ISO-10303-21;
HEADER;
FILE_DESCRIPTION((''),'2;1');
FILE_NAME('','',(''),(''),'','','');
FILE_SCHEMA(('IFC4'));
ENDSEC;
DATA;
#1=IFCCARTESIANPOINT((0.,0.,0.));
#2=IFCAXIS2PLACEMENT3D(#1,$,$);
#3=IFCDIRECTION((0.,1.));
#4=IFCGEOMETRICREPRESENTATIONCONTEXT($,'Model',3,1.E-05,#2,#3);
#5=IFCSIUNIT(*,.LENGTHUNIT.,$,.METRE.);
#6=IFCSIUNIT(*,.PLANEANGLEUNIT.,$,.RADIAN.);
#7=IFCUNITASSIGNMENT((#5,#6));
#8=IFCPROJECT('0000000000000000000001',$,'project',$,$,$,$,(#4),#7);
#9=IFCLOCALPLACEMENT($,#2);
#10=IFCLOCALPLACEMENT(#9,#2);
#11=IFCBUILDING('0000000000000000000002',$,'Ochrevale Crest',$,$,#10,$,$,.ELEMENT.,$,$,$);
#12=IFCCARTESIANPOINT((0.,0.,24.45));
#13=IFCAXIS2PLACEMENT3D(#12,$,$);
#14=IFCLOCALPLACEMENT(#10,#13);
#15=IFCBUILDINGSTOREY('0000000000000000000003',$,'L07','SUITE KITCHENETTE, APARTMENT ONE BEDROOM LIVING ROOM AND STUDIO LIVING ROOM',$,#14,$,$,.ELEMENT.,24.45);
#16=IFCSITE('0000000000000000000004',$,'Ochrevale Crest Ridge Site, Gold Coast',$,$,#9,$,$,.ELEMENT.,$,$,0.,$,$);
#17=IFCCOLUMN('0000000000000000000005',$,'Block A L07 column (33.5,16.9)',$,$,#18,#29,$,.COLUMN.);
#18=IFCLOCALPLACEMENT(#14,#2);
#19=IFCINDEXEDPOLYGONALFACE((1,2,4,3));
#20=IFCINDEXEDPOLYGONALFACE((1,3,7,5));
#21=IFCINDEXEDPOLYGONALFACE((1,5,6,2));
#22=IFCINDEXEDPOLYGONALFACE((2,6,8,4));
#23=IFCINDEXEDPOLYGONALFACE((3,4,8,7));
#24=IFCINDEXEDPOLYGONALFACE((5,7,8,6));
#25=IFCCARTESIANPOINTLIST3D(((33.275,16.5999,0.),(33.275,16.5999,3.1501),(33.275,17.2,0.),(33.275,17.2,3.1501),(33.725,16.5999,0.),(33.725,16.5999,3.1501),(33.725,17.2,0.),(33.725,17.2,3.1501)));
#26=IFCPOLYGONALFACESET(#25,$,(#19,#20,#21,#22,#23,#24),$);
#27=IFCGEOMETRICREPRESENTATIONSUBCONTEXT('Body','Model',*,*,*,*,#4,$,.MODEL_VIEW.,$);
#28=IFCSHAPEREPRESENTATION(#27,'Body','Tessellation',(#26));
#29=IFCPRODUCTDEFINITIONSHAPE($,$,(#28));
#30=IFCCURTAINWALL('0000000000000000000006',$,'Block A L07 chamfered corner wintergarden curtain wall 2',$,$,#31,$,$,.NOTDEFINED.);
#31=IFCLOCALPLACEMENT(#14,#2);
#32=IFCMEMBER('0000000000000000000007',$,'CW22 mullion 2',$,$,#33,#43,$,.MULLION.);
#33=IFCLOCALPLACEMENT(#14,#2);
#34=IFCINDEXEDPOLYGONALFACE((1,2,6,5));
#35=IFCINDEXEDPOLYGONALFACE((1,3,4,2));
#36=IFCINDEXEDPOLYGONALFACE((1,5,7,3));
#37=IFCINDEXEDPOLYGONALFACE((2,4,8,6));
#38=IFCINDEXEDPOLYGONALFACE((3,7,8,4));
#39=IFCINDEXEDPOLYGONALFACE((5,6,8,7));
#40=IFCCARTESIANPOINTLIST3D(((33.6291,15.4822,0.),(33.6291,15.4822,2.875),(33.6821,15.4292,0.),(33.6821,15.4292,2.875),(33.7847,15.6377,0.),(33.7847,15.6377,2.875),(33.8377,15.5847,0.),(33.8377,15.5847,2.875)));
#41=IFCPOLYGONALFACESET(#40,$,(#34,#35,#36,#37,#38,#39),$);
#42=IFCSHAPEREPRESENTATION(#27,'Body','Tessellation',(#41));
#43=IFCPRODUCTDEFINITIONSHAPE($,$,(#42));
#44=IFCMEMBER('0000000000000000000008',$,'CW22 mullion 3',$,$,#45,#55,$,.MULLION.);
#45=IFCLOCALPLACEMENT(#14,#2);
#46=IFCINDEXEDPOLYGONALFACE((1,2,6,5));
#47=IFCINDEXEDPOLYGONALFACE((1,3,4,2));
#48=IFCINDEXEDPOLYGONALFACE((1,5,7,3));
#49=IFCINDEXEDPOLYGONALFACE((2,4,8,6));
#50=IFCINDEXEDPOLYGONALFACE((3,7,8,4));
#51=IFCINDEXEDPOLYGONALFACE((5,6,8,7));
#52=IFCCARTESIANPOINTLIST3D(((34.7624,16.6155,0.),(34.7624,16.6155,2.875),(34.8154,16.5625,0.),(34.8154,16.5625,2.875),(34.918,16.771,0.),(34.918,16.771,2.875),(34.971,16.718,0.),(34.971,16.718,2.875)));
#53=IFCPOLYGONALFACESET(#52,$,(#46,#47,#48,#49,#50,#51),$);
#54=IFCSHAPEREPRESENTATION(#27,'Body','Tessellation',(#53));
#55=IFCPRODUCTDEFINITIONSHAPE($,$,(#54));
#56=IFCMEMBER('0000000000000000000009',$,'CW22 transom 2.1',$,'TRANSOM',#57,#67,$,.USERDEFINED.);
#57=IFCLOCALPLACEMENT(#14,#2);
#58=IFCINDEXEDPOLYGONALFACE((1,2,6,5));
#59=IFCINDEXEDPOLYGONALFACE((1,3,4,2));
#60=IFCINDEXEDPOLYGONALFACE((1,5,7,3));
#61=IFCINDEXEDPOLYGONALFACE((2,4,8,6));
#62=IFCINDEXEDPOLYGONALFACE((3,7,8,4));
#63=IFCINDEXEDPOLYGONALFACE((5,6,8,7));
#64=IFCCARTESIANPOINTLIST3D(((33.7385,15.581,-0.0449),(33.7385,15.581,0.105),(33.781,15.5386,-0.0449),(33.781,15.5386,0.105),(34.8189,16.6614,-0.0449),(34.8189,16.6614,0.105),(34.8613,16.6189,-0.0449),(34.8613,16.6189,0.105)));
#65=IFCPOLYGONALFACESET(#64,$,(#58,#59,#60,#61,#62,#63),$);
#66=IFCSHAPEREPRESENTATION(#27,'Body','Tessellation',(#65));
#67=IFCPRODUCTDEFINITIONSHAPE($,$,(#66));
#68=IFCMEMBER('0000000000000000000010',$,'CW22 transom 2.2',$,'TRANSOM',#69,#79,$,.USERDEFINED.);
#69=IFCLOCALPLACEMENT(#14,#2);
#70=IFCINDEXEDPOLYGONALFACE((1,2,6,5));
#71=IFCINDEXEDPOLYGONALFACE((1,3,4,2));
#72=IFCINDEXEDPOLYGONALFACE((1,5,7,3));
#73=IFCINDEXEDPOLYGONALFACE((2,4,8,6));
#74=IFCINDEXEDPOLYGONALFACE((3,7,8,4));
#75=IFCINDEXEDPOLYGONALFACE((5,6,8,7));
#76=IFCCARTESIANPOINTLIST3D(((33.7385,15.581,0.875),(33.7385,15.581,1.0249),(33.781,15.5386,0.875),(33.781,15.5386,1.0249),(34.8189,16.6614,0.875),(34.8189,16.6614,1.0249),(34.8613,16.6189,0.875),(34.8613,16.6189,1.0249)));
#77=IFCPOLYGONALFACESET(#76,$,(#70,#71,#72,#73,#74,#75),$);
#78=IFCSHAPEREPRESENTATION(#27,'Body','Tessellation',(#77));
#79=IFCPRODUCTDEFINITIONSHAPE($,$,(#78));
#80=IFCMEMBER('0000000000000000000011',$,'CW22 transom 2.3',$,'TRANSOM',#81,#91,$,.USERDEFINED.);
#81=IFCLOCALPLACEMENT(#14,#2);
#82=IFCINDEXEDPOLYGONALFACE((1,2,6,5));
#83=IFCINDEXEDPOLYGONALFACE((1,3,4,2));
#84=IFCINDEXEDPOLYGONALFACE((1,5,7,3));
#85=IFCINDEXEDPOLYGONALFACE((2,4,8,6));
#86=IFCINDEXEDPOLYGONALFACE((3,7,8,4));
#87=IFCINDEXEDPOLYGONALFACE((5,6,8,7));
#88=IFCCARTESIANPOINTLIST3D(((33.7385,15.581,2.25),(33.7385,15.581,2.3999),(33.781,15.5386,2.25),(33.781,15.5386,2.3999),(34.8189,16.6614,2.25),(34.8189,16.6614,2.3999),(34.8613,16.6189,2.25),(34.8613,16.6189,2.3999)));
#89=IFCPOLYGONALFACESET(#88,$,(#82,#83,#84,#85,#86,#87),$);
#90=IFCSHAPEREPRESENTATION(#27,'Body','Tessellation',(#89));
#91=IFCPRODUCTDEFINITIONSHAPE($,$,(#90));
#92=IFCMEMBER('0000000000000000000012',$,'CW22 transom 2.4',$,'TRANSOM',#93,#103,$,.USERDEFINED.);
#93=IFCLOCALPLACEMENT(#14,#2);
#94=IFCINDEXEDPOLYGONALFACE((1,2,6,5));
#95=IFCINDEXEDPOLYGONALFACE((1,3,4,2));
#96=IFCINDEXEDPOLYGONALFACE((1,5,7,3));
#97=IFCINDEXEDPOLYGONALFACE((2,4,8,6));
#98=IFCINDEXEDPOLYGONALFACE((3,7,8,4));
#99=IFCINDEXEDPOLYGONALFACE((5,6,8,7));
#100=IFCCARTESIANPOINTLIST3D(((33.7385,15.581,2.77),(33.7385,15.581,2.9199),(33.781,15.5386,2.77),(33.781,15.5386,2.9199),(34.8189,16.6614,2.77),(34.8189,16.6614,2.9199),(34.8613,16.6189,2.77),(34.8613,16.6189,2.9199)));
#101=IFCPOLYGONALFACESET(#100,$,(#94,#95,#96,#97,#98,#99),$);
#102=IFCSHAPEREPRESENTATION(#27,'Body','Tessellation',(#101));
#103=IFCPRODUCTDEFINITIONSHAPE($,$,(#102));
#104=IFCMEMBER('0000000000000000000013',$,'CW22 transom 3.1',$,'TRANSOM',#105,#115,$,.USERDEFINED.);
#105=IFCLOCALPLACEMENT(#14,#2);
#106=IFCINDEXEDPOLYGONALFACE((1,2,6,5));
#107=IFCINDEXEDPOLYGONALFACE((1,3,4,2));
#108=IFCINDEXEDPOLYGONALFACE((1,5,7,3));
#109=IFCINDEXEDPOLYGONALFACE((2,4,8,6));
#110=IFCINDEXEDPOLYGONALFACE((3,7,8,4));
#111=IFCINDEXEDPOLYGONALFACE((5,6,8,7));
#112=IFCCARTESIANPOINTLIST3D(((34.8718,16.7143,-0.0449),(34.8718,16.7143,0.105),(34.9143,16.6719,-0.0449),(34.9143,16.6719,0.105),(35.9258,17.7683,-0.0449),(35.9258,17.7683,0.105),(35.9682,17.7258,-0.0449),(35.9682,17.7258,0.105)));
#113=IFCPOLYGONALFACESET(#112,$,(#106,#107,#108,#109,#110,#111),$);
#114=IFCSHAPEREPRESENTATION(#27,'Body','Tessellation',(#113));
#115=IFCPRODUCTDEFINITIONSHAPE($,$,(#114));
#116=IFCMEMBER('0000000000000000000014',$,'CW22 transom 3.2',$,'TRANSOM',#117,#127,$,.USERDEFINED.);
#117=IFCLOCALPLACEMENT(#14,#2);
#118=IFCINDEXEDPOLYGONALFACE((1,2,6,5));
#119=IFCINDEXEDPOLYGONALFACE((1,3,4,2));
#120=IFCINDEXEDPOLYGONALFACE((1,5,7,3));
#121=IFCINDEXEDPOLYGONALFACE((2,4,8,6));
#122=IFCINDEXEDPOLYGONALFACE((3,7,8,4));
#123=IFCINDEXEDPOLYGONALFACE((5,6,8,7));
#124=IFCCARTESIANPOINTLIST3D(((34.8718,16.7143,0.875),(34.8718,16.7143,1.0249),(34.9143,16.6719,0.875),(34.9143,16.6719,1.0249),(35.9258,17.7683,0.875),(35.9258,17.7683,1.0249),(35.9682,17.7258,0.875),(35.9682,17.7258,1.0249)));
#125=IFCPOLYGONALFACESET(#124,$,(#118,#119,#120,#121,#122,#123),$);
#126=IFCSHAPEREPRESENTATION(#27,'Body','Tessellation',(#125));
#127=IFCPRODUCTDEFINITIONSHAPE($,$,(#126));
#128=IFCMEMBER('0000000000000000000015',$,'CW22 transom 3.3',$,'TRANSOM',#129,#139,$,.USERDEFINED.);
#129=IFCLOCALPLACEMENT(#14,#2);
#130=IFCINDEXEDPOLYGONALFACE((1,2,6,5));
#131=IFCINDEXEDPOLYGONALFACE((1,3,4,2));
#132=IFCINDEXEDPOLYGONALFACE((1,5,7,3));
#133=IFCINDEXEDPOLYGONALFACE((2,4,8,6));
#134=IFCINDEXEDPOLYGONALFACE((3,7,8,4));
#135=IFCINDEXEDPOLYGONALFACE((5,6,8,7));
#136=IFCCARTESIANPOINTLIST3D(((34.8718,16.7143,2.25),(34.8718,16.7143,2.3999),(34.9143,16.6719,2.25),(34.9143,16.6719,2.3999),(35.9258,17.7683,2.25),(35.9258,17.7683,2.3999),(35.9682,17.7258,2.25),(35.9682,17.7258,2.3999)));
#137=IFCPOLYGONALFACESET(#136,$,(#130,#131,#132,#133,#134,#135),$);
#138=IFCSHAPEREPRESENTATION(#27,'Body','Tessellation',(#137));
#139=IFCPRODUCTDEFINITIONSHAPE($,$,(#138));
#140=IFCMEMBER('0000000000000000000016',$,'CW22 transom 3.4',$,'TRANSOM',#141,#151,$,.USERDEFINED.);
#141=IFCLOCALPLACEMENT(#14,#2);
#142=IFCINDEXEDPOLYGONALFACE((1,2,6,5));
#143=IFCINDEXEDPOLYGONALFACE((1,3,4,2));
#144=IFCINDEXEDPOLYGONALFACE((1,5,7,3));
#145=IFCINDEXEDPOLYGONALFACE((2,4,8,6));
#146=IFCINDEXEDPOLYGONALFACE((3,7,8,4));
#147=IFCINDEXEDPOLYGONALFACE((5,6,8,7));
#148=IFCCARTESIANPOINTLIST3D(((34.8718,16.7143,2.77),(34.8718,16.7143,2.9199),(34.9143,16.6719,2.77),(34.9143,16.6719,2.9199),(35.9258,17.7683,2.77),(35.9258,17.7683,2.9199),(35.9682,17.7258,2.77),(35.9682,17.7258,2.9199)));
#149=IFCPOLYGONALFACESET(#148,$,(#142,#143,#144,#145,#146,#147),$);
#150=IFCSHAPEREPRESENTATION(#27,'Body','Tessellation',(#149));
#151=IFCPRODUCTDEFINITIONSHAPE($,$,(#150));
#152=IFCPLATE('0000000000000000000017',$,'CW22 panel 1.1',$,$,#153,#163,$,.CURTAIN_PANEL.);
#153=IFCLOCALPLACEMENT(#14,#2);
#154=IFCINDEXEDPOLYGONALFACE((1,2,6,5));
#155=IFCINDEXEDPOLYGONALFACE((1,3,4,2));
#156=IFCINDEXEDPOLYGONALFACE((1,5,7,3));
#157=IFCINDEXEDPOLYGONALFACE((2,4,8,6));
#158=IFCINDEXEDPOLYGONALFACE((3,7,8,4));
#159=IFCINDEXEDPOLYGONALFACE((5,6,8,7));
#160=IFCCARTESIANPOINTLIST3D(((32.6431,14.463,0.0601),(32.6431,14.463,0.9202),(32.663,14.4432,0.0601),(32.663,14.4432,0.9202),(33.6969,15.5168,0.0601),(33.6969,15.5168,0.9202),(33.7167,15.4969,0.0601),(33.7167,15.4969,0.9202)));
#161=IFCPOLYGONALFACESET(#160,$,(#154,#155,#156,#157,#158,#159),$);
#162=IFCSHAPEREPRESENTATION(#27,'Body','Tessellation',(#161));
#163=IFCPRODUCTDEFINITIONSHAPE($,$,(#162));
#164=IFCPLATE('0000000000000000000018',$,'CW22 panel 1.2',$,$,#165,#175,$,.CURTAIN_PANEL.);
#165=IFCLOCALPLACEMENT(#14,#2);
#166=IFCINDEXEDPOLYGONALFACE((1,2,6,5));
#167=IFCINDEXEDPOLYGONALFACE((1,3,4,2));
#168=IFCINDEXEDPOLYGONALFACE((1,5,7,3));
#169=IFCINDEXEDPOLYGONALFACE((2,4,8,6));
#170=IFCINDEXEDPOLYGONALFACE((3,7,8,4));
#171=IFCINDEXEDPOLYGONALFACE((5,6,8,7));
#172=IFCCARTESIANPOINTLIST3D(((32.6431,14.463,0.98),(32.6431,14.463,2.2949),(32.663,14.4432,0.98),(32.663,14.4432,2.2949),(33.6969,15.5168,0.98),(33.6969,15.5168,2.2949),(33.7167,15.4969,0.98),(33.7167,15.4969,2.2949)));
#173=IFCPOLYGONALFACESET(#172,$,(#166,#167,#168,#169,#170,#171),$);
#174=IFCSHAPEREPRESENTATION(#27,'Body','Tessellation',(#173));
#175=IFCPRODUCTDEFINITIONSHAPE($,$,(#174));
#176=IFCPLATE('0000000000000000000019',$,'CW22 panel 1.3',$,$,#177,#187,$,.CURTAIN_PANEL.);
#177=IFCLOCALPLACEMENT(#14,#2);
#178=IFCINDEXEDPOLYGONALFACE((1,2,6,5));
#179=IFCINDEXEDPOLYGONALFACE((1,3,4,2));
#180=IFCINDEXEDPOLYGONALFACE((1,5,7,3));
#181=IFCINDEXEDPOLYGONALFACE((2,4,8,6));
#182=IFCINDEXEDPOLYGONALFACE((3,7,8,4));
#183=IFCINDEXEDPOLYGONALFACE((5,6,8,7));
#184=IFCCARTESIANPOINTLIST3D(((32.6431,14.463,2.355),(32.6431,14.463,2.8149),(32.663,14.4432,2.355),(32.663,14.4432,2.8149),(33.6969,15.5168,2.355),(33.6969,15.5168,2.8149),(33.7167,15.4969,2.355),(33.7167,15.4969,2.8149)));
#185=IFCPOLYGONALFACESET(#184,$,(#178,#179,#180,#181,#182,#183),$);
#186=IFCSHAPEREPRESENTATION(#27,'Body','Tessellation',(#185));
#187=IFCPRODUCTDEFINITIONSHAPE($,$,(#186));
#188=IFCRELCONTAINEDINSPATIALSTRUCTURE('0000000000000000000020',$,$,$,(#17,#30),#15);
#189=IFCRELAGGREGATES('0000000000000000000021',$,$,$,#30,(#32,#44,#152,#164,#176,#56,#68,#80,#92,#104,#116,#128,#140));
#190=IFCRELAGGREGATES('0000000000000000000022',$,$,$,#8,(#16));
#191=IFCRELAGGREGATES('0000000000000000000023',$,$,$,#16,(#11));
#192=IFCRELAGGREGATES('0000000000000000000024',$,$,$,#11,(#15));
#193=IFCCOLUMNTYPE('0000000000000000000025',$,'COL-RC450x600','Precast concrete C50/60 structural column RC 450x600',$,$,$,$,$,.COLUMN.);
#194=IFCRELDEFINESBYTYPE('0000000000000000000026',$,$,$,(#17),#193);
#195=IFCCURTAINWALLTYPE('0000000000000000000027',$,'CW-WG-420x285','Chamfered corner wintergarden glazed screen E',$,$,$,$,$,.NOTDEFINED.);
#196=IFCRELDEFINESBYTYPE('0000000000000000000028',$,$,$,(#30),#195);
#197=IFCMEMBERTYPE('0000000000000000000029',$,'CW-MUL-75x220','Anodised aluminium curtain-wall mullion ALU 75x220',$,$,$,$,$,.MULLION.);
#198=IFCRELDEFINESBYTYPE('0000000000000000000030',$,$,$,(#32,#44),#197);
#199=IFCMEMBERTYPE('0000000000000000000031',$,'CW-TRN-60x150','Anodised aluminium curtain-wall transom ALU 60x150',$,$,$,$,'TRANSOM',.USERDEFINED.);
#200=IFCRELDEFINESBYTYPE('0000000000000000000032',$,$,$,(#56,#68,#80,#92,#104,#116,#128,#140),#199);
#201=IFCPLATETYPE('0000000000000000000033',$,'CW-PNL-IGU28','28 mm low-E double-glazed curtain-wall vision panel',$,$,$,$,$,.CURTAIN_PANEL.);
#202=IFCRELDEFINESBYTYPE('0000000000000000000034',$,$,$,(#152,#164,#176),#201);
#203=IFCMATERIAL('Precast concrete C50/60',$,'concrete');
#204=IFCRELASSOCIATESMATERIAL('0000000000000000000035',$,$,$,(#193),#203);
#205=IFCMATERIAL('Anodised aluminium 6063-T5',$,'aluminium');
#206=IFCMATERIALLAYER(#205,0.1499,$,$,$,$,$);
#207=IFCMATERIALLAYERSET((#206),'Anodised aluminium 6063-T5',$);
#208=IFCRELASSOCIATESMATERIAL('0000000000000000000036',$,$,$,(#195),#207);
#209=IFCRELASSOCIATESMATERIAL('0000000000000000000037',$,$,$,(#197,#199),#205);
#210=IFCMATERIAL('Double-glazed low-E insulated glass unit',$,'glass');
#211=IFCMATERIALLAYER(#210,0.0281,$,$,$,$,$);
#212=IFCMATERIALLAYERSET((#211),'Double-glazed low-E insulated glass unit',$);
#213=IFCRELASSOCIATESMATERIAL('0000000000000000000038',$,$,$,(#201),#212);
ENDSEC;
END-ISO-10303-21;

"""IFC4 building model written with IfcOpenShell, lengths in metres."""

from ifc_helpers import new_model, si_unit, direction, frame, origin, origin_2d, place, context, subcontext, project, spatial, rectangle, extrude, material, layer, layer_set, material_profile, profile_set, type_object, element, aggregate, save


model = new_model("IFC4")

# Units and contexts
model_context = context("Model", 3, precision=1e-05, world=origin(), true_north=direction((0.0, 1.0)))
body_context = subcontext(model_context, "Body", "Model", "MODEL_VIEW")
ifc_project = project(units=[si_unit("LENGTHUNIT", "METRE"), si_unit("PLANEANGLEUNIT", "RADIAN")], contexts=[model_context])

# Site, building, storey
site_placement = place(None, origin())
site = spatial("IfcSite", under=ifc_project, at=site_placement, Name="Ochrevale Crest Ridge Site, Gold Coast", CompositionType="ELEMENT", RefElevation=0.0)
building_placement = place(site_placement, origin())
building = spatial("IfcBuilding", under=site, at=building_placement, Name="Ochrevale Crest", CompositionType="ELEMENT")
storey_placement = place(building_placement, frame((0.0, 0.0, 24.45)))
storey = spatial("IfcBuildingStorey", under=building, at=storey_placement, Name="L07", Description="SUITE KITCHENETTE, APARTMENT ONE BEDROOM LIVING ROOM AND STUDIO LIVING ROOM", CompositionType="ELEMENT", Elevation=24.45)

# Column
ifc_material_1 = material(Name="Precast concrete C50/60", Category="concrete")
ifc_material_profile_1 = material_profile(ifc_material_1, rectangle(XDim=0.45, YDim=0.6001, at=origin_2d()), Name="RC 450x600")
ifc_profile_set_1 = profile_set([ifc_material_profile_1], Name="Precast concrete C50/60")
column_type = type_object("IfcColumnType", Name="COL-RC450x600", Description="Precast concrete C50/60 structural column RC 450x600", PredefinedType="COLUMN", material=ifc_profile_set_1)
column_placement = place(storey_placement, frame((33.5, 16.8999, 0.0), z_axis=(0.0, 0.0, 1.0), x_axis=(1.0, 0.0, 0.0)))
element("IfcColumn", 1, at=column_placement, inside=storey, type_object=column_type, Name="Block A L07 column (33.5,16.9)", PredefinedType="COLUMN", context=body_context, shape_type="SweptSolid", body=[
    extrude(rectangle(XDim=0.45, YDim=0.6001, at=origin_2d()), origin(), (0.0, 0.0, 1.0), 3.1501),
])

# Curtain wall, members, plates
ifc_material_2 = material(Name="Anodised aluminium 6063-T5", Category="aluminium")
ifc_layer_1 = layer(ifc_material_2, 0.1499)
ifc_layer_set_1 = layer_set([ifc_layer_1], Name="Anodised aluminium 6063-T5")
curtain_wall_type = type_object("IfcCurtainWallType", Name="CW-WG-420x285", Description="Chamfered corner wintergarden glazed screen E", PredefinedType="NOTDEFINED", material=ifc_layer_set_1)
curtain_wall_placement = place(storey_placement, origin())
curtain_wall = element("IfcCurtainWall", 2, at=curtain_wall_placement, inside=storey, type_object=curtain_wall_type, Name="Block A L07 chamfered corner wintergarden curtain wall 2", PredefinedType="NOTDEFINED")
ifc_material_profile_2 = material_profile(ifc_material_2, rectangle(XDim=0.075, YDim=0.22, at=origin_2d()), Name="ALU 75x220")
ifc_profile_set_2 = profile_set([ifc_material_profile_2], Name="Anodised aluminium 6063-T5")
member_type_1 = type_object("IfcMemberType", Name="CW-MUL-75x220", Description="Anodised aluminium curtain-wall mullion ALU 75x220", PredefinedType="MULLION", material=ifc_profile_set_2)
member_1_placement = place(storey_placement, frame((33.7334, 15.5334, 0.0), z_axis=(0.0, 0.0, 1.0), x_axis=(-0.707107, 0.707107, 0.0)))
member_1 = element("IfcMember", 3, at=member_1_placement, type_object=member_type_1, Name="CW22 mullion 2", PredefinedType="MULLION", context=body_context, shape_type="SweptSolid", body=[
    extrude(rectangle(XDim=0.075, YDim=0.22, at=origin_2d()), origin(), (0.0, 0.0, 1.0), 2.875),
])
member_2_placement = place(storey_placement, frame((34.8667, 16.6667, 0.0), z_axis=(0.0, 0.0, 1.0), x_axis=(-0.707107, 0.707107, 0.0)))
member_2 = element("IfcMember", 4, at=member_2_placement, type_object=member_type_1, Name="CW22 mullion 3", PredefinedType="MULLION", context=body_context, shape_type="SweptSolid", body=[
    extrude(rectangle(XDim=0.075, YDim=0.22, at=origin_2d()), origin(), (0.0, 0.0, 1.0), 2.875),
])
ifc_material_profile_3 = material_profile(ifc_material_2, rectangle(XDim=0.0601, YDim=0.1499, at=origin_2d()), Name="ALU 60x150")
ifc_profile_set_3 = profile_set([ifc_material_profile_3], Name="Anodised aluminium 6063-T5")
member_type_2 = type_object("IfcMemberType", Name="CW-TRN-60x150", Description="Anodised aluminium curtain-wall transom ALU 60x150", ElementType="TRANSOM", PredefinedType="USERDEFINED", material=ifc_profile_set_3)
member_3_placement = place(storey_placement, frame((33.7598, 15.5598, 0.03), z_axis=(0.707107, 0.707107, 0.0), x_axis=(-0.707107, 0.707107, 0.0)))
member_3 = element("IfcMember", 5, at=member_3_placement, type_object=member_type_2, Name="CW22 transom 2.1", ObjectType="TRANSOM", PredefinedType="USERDEFINED", context=body_context, shape_type="SweptSolid", body=[
    extrude(rectangle(XDim=0.0601, YDim=0.1499, at=origin_2d()), origin(), (0.0, 0.0, 1.0), 1.5278),
])
member_4_placement = place(storey_placement, frame((33.7598, 15.5598, 0.95), z_axis=(0.707107, 0.707107, 0.0), x_axis=(-0.707107, 0.707107, 0.0)))
member_4 = element("IfcMember", 6, at=member_4_placement, type_object=member_type_2, Name="CW22 transom 2.2", ObjectType="TRANSOM", PredefinedType="USERDEFINED", context=body_context, shape_type="SweptSolid", body=[
    extrude(rectangle(XDim=0.0601, YDim=0.1499, at=origin_2d()), origin(), (0.0, 0.0, 1.0), 1.5278),
])
member_5_placement = place(storey_placement, frame((33.7598, 15.5598, 2.325), z_axis=(0.707107, 0.707107, 0.0), x_axis=(-0.707107, 0.707107, 0.0)))
member_5 = element("IfcMember", 7, at=member_5_placement, type_object=member_type_2, Name="CW22 transom 2.3", ObjectType="TRANSOM", PredefinedType="USERDEFINED", context=body_context, shape_type="SweptSolid", body=[
    extrude(rectangle(XDim=0.0601, YDim=0.1499, at=origin_2d()), origin(), (0.0, 0.0, 1.0), 1.5278),
])
member_6_placement = place(storey_placement, frame((33.7598, 15.5598, 2.845), z_axis=(0.707107, 0.707107, 0.0), x_axis=(-0.707107, 0.707107, 0.0)))
member_6 = element("IfcMember", 8, at=member_6_placement, type_object=member_type_2, Name="CW22 transom 2.4", ObjectType="TRANSOM", PredefinedType="USERDEFINED", context=body_context, shape_type="SweptSolid", body=[
    extrude(rectangle(XDim=0.0601, YDim=0.1499, at=origin_2d()), origin(), (0.0, 0.0, 1.0), 1.5278),
])
member_7_placement = place(storey_placement, frame((34.8931, 16.6931, 0.03), z_axis=(0.707107, 0.707107, 0.0), x_axis=(-0.707107, 0.707107, 0.0)))
member_7 = element("IfcMember", 9, at=member_7_placement, type_object=member_type_2, Name="CW22 transom 3.1", ObjectType="TRANSOM", PredefinedType="USERDEFINED", context=body_context, shape_type="SweptSolid", body=[
    extrude(rectangle(XDim=0.0601, YDim=0.1499, at=origin_2d()), origin(), (0.0, 0.0, 1.0), 1.4905),
])
member_8_placement = place(storey_placement, frame((34.8931, 16.6931, 0.95), z_axis=(0.707107, 0.707107, 0.0), x_axis=(-0.707107, 0.707107, 0.0)))
member_8 = element("IfcMember", 10, at=member_8_placement, type_object=member_type_2, Name="CW22 transom 3.2", ObjectType="TRANSOM", PredefinedType="USERDEFINED", context=body_context, shape_type="SweptSolid", body=[
    extrude(rectangle(XDim=0.0601, YDim=0.1499, at=origin_2d()), origin(), (0.0, 0.0, 1.0), 1.4905),
])
member_9_placement = place(storey_placement, frame((34.8931, 16.6931, 2.325), z_axis=(0.707107, 0.707107, 0.0), x_axis=(-0.707107, 0.707107, 0.0)))
member_9 = element("IfcMember", 11, at=member_9_placement, type_object=member_type_2, Name="CW22 transom 3.3", ObjectType="TRANSOM", PredefinedType="USERDEFINED", context=body_context, shape_type="SweptSolid", body=[
    extrude(rectangle(XDim=0.0601, YDim=0.1499, at=origin_2d()), origin(), (0.0, 0.0, 1.0), 1.4905),
])
member_10_placement = place(storey_placement, frame((34.8931, 16.6931, 2.845), z_axis=(0.707107, 0.707107, 0.0), x_axis=(-0.707107, 0.707107, 0.0)))
member_10 = element("IfcMember", 12, at=member_10_placement, type_object=member_type_2, Name="CW22 transom 3.4", ObjectType="TRANSOM", PredefinedType="USERDEFINED", context=body_context, shape_type="SweptSolid", body=[
    extrude(rectangle(XDim=0.0601, YDim=0.1499, at=origin_2d()), origin(), (0.0, 0.0, 1.0), 1.4905),
])
ifc_material_3 = material(Name="Double-glazed low-E insulated glass unit", Category="glass")
ifc_layer_2 = layer(ifc_material_3, 0.0281)
ifc_layer_set_2 = layer_set([ifc_layer_2], Name="Double-glazed low-E insulated glass unit")
plate_type = type_object("IfcPlateType", Name="CW-PNL-IGU28", Description="28 mm low-E double-glazed curtain-wall vision panel", PredefinedType="CURTAIN_PANEL", material=ifc_layer_set_2)
plate_1_placement = place(storey_placement, frame((33.1799, 14.98, 0.0601), z_axis=(0.0, 0.0, 1.0), x_axis=(0.707107, 0.707107, 0.0)))
plate_1 = element("IfcPlate", 13, at=plate_1_placement, type_object=plate_type, Name="CW22 panel 1.1", PredefinedType="CURTAIN_PANEL", context=body_context, shape_type="SweptSolid", body=[
    extrude(rectangle(XDim=1.4902, YDim=0.0281, at=origin_2d()), origin(), (0.0, 0.0, 1.0), 0.8601),
])
plate_2_placement = place(storey_placement, frame((33.1799, 14.98, 0.98), z_axis=(0.0, 0.0, 1.0), x_axis=(0.707107, 0.707107, 0.0)))
plate_2 = element("IfcPlate", 14, at=plate_2_placement, type_object=plate_type, Name="CW22 panel 1.2", PredefinedType="CURTAIN_PANEL", context=body_context, shape_type="SweptSolid", body=[
    extrude(rectangle(XDim=1.4902, YDim=0.0281, at=origin_2d()), origin(), (0.0, 0.0, 1.0), 1.3149),
])
plate_3_placement = place(storey_placement, frame((33.1799, 14.98, 2.355), z_axis=(0.0, 0.0, 1.0), x_axis=(0.707107, 0.707107, 0.0)))
plate_3 = element("IfcPlate", 15, at=plate_3_placement, type_object=plate_type, Name="CW22 panel 1.3", PredefinedType="CURTAIN_PANEL", context=body_context, shape_type="SweptSolid", body=[
    extrude(rectangle(XDim=1.4902, YDim=0.0281, at=origin_2d()), origin(), (0.0, 0.0, 1.0), 0.46),
])
aggregate(curtain_wall, [member_1, member_2, plate_1, plate_2, plate_3, member_3, member_4, member_5, member_6, member_7, member_8, member_9, member_10])

save(model, "model.ifc")
